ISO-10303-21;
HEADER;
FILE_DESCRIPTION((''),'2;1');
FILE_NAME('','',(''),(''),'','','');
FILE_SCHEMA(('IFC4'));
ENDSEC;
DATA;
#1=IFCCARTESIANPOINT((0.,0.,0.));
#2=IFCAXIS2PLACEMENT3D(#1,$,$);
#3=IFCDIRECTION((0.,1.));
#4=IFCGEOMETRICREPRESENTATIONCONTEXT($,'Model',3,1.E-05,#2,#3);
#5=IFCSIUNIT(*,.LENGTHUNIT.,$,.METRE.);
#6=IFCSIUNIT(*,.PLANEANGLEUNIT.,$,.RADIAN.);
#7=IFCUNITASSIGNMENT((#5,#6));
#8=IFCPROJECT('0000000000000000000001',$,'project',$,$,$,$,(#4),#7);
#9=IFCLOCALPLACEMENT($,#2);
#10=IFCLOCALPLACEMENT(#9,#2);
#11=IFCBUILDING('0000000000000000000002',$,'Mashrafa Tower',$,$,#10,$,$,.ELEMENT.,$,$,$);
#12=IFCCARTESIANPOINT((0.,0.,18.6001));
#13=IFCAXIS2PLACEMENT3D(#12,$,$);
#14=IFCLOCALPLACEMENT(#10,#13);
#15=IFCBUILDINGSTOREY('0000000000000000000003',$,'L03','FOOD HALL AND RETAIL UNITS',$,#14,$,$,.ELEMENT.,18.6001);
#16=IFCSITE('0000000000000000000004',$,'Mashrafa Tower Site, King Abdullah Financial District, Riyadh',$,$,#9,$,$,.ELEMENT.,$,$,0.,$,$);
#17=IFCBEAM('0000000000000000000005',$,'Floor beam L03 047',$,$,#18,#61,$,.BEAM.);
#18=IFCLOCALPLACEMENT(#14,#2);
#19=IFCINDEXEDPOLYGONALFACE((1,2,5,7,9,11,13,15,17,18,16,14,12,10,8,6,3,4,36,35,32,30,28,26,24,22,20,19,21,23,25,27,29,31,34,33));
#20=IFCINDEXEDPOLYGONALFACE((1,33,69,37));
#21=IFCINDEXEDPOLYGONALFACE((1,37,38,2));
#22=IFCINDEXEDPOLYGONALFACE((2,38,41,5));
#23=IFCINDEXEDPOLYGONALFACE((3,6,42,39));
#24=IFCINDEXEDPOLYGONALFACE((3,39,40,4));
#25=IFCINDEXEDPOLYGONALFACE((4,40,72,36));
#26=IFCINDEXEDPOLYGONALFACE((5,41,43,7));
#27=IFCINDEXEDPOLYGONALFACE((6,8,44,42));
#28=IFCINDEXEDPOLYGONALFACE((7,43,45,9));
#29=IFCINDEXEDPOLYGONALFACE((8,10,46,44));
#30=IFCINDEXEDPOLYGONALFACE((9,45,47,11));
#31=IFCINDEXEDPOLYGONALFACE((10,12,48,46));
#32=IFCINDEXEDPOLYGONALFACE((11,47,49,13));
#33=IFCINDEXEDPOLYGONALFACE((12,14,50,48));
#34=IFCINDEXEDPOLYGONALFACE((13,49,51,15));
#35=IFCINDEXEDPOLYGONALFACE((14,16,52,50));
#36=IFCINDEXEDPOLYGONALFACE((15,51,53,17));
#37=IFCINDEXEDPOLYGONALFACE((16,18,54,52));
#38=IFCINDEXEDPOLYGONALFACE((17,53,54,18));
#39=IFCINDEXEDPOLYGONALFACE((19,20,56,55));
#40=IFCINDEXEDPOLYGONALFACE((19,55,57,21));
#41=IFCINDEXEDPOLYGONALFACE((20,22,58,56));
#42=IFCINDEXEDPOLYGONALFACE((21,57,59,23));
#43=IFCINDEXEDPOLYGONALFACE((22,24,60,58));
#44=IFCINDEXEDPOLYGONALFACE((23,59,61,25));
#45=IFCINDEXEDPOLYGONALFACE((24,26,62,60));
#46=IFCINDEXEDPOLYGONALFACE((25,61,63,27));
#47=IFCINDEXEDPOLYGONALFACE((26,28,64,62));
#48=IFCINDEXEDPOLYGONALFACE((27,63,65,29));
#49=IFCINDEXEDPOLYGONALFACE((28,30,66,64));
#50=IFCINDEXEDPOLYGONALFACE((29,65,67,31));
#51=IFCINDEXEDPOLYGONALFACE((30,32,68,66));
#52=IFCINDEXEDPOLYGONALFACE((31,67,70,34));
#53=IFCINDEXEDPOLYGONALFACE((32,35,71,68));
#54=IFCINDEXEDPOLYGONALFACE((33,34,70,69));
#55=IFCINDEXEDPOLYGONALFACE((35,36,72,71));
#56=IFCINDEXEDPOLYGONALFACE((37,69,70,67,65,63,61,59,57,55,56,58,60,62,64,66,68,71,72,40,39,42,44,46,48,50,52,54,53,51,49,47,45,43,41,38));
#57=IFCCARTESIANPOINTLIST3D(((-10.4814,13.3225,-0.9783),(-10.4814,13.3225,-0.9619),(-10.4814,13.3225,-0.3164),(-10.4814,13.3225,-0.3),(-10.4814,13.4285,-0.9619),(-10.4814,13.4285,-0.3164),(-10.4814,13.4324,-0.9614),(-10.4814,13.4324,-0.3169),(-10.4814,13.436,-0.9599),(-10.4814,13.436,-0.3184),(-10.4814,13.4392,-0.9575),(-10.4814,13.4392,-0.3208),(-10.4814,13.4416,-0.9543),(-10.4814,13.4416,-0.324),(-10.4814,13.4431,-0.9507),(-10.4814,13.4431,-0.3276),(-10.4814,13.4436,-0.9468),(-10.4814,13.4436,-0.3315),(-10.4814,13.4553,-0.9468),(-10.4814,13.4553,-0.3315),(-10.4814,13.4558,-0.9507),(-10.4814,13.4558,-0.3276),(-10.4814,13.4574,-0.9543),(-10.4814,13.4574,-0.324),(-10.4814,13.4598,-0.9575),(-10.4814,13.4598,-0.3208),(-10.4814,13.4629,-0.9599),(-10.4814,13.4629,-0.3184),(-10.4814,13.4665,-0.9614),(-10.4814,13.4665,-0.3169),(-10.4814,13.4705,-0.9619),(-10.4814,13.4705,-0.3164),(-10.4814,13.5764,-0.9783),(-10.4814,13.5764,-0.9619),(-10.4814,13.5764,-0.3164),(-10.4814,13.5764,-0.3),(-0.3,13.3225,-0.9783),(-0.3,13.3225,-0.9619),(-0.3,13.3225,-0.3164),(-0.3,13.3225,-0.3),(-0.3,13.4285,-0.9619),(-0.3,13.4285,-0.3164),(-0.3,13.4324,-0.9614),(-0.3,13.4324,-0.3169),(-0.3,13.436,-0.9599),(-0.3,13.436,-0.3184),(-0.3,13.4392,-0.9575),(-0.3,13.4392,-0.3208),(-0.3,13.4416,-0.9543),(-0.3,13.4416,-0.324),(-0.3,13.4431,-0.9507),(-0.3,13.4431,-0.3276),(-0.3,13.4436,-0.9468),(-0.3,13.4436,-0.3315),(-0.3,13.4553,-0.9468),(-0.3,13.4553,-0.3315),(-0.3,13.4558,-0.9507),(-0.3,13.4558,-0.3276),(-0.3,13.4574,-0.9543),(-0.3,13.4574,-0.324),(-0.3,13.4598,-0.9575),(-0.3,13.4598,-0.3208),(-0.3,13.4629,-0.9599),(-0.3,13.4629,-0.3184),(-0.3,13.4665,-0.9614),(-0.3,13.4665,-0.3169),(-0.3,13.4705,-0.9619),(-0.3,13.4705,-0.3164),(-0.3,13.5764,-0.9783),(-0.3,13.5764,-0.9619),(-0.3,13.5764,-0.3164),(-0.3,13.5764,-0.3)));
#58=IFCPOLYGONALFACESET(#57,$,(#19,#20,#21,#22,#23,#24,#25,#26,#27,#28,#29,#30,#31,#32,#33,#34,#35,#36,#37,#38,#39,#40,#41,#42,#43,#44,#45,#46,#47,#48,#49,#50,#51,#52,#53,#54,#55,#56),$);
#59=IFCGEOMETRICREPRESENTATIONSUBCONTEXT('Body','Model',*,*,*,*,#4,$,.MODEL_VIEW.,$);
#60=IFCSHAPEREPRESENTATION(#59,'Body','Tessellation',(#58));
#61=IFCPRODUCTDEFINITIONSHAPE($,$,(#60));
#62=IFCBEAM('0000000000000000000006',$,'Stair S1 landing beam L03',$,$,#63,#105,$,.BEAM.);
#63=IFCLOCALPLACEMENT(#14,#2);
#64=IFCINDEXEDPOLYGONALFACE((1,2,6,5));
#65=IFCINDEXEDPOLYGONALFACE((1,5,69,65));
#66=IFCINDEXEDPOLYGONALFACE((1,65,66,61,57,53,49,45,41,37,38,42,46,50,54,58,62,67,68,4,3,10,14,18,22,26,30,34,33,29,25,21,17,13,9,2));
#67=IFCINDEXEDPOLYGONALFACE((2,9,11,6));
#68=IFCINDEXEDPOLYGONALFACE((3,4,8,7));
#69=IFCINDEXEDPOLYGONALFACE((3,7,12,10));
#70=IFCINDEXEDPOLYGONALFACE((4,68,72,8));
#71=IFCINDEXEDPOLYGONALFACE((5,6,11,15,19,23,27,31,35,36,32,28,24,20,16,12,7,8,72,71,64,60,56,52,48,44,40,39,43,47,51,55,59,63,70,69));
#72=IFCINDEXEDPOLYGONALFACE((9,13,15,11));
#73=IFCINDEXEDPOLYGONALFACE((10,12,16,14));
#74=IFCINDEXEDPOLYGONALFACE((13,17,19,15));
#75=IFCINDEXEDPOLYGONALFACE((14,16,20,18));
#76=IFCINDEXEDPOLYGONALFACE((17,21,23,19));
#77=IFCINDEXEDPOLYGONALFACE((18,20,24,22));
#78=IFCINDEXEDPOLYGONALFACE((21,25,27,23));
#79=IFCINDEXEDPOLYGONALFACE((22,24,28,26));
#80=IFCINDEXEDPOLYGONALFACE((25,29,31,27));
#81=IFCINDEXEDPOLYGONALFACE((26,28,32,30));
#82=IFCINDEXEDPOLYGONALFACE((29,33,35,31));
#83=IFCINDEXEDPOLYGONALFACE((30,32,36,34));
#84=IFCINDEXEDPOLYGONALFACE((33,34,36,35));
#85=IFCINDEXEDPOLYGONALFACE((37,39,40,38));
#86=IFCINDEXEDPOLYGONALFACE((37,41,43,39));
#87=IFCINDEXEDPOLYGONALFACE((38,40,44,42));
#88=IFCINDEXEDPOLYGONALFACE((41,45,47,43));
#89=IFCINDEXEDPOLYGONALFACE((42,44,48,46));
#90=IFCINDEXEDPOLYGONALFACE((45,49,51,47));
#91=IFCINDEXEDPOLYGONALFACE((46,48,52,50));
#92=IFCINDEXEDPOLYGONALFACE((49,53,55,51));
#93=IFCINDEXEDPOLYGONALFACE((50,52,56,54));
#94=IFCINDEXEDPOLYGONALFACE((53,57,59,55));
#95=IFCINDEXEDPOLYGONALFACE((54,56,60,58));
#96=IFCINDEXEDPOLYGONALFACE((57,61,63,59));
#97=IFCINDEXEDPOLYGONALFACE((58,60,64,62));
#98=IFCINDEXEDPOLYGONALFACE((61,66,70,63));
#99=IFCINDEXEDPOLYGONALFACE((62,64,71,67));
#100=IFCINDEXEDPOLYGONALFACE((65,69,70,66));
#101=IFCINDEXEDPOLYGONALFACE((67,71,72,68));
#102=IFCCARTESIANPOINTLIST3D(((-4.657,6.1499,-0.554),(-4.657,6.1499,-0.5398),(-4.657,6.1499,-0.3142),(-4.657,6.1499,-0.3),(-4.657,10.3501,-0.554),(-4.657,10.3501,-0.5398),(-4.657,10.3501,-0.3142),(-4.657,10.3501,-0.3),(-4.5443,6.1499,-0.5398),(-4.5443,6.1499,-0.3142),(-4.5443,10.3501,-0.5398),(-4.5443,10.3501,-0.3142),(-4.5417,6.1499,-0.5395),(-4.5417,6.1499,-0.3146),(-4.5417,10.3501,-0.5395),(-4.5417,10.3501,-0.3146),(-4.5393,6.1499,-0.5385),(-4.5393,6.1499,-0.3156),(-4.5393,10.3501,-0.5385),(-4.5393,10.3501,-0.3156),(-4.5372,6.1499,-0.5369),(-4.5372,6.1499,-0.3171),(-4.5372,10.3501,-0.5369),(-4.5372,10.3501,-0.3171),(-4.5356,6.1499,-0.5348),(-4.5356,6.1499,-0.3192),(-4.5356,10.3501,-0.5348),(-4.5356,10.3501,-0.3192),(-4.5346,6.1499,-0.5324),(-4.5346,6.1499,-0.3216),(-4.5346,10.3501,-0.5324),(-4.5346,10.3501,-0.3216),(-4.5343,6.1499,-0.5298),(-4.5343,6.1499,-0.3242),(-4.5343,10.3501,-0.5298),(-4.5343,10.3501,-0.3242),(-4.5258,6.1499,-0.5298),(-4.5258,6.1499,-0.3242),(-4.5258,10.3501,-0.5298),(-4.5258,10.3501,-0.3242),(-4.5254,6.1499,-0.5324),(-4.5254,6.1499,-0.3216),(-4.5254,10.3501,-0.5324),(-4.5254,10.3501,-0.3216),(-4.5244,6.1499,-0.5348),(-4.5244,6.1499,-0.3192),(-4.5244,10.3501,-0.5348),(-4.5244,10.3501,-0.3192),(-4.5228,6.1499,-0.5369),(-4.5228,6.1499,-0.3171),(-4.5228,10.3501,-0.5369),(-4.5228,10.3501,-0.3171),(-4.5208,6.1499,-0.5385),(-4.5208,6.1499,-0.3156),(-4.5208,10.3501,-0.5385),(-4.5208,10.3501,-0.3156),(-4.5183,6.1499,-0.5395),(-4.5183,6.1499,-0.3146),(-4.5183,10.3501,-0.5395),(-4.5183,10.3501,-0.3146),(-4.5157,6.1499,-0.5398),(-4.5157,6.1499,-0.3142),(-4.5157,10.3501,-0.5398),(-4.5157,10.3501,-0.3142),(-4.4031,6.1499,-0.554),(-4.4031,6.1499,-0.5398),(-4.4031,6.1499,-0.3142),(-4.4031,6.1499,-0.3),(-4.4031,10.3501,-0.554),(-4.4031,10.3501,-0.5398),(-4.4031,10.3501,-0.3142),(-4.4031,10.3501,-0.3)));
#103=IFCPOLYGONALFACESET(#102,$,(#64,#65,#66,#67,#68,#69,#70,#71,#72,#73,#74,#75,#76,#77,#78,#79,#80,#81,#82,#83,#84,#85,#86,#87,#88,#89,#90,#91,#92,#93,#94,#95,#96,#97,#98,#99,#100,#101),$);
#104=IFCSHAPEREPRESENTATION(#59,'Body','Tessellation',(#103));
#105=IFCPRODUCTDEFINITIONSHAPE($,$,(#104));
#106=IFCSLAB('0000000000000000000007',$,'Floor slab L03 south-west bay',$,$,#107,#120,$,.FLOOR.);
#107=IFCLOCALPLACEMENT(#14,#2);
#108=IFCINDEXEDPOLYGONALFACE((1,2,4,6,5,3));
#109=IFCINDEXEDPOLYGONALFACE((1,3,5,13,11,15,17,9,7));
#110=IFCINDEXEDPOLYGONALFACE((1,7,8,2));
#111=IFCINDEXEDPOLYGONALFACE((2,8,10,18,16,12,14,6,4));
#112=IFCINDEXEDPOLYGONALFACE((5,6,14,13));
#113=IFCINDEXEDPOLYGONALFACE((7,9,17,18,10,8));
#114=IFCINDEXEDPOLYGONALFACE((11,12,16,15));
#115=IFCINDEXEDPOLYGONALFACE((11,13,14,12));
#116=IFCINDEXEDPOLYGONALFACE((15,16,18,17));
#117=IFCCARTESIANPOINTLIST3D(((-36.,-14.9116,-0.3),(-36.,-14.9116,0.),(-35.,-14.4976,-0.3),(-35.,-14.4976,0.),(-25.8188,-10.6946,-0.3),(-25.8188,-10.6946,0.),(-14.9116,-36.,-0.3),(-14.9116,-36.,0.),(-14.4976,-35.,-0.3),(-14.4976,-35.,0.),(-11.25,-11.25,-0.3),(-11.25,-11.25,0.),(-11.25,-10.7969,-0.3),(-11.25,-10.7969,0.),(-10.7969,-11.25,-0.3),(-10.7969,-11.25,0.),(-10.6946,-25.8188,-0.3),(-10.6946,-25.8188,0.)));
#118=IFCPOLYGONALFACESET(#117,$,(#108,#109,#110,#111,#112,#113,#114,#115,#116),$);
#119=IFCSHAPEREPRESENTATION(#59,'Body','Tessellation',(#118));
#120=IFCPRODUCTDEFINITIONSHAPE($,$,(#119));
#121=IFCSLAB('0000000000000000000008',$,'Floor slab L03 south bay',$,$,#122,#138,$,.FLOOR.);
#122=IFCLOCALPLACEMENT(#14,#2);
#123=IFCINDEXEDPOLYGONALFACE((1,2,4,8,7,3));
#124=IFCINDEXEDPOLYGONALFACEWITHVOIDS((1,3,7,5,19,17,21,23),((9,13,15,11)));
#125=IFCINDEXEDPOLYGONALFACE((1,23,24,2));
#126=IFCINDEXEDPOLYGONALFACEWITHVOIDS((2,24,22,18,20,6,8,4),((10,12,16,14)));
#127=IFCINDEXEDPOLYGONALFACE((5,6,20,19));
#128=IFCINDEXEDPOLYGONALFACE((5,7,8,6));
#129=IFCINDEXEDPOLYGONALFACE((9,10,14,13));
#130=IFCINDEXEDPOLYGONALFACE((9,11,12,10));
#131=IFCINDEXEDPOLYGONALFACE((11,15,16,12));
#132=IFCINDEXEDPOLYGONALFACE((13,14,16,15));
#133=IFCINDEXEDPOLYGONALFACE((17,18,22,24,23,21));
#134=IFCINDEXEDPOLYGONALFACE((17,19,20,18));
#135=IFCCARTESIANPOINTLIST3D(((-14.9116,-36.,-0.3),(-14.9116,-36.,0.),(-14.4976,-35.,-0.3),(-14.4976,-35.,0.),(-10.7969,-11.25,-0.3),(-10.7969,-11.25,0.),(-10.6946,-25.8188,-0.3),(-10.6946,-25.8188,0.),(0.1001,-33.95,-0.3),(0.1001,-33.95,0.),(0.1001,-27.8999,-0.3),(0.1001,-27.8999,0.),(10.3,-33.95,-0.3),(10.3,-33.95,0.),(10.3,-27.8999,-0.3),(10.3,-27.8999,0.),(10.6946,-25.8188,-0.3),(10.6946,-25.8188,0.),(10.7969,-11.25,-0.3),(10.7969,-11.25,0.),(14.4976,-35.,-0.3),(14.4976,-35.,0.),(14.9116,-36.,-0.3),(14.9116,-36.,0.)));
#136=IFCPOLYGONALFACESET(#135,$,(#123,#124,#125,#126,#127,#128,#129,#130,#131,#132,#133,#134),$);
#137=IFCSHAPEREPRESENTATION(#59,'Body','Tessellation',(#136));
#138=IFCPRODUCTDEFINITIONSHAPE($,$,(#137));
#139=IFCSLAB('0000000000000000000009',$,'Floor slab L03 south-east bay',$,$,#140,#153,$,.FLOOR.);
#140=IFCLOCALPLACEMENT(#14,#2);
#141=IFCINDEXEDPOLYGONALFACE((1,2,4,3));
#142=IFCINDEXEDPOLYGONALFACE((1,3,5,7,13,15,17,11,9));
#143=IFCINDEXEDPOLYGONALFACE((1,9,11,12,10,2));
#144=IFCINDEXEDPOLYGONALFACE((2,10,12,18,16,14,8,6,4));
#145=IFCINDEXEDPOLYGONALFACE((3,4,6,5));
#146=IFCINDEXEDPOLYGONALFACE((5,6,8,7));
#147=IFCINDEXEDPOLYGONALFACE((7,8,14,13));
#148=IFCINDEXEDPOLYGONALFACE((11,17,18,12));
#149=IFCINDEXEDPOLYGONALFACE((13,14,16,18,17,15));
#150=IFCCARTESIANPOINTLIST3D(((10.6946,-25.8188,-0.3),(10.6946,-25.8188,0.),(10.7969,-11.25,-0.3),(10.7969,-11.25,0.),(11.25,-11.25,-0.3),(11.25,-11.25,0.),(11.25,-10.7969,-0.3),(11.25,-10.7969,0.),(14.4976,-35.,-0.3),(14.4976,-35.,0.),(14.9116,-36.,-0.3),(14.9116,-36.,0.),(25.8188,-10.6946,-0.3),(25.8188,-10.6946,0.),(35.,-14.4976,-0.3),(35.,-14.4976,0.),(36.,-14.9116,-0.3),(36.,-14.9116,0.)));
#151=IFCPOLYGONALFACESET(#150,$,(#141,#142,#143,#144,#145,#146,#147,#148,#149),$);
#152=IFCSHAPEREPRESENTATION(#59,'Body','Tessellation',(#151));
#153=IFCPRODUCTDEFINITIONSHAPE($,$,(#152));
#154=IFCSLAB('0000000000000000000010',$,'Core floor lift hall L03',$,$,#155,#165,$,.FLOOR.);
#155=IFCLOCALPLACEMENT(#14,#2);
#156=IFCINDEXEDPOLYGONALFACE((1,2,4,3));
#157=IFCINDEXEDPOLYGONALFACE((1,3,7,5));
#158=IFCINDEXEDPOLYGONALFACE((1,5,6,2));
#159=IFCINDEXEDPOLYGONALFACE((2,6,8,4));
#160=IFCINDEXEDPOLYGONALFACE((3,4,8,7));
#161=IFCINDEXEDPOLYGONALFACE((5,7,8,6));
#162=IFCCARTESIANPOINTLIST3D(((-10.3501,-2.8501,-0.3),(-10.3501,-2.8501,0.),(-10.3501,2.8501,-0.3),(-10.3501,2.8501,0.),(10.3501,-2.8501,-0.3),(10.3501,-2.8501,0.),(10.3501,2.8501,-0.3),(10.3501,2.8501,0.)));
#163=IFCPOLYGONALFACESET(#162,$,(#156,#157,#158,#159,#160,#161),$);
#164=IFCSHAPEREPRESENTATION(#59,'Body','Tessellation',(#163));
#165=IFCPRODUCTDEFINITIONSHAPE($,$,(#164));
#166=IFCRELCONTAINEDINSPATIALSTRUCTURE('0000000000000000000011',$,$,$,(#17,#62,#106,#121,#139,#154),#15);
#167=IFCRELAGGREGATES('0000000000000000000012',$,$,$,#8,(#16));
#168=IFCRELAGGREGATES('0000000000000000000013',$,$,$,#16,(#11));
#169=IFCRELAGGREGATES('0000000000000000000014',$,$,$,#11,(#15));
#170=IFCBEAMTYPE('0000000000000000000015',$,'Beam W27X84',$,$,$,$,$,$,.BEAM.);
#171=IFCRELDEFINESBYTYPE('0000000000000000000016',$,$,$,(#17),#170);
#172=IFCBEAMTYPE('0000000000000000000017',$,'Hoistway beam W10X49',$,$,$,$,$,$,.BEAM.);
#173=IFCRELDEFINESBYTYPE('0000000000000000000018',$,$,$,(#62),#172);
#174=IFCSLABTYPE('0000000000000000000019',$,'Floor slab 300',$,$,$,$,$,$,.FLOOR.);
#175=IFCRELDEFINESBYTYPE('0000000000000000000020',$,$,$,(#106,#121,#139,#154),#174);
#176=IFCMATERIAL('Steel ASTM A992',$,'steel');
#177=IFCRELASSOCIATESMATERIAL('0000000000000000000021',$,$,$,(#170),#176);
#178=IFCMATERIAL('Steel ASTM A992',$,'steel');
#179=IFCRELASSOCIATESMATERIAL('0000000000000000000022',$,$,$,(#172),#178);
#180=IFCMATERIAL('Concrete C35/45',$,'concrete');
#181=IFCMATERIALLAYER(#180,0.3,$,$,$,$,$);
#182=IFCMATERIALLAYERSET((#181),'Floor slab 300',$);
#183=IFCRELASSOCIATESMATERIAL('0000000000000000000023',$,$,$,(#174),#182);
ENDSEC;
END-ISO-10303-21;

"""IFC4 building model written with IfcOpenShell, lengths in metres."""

from ifc_helpers import new_model, si_unit, direction, frame, origin, origin_2d, place, context, subcontext, project, spatial, polyline, i_section, outline, extrude, material, layer, layer_set, material_profile, profile_set, type_object, element, save


model = new_model("IFC4")

# Units and contexts
model_context = context("Model", 3, precision=1e-05, world=origin(), true_north=direction((0.0, 1.0)))
body_context = subcontext(model_context, "Body", "Model", "MODEL_VIEW")
ifc_project = project(units=[si_unit("LENGTHUNIT", "METRE"), si_unit("PLANEANGLEUNIT", "RADIAN")], contexts=[model_context])

# Site, building, storey
site_placement = place(None, origin())
site = spatial("IfcSite", under=ifc_project, at=site_placement, Name="Mashrafa Tower Site, King Abdullah Financial District, Riyadh", CompositionType="ELEMENT", RefElevation=0.0)
building_placement = place(site_placement, origin())
building = spatial("IfcBuilding", under=site, at=building_placement, Name="Mashrafa Tower", CompositionType="ELEMENT")
storey_placement = place(building_placement, frame((0.0, 0.0, 18.6001)))
storey = spatial("IfcBuildingStorey", under=building, at=storey_placement, Name="L03", Description="FOOD HALL AND RETAIL UNITS", CompositionType="ELEMENT", Elevation=18.6001)

# Beams
ifc_material_1 = material(Name="Steel ASTM A992", Category="steel")
ifc_material_profile_1 = material_profile(ifc_material_1, i_section(OverallWidth=0.2539, OverallDepth=0.6782, WebThickness=0.0117, FlangeThickness=0.0164, FilletRadius=0.0151, at=origin_2d()), Name="W27X84")
ifc_profile_set_1 = profile_set([ifc_material_profile_1], Name="Steel ASTM A992")
beam_type_1 = type_object("IfcBeamType", Name="Beam W27X84", PredefinedType="BEAM", material=ifc_profile_set_1)
beam_1_placement = place(storey_placement, frame((-10.4814, 13.4495, -0.6392), z_axis=(1.0, 0.0, 0.0), x_axis=(0.0, 1.0, 0.0)))
element("IfcBeam", 1, at=beam_1_placement, inside=storey, type_object=beam_type_1, Name="Floor beam L03 047", PredefinedType="BEAM", context=body_context, shape_type="SweptSolid", body=[
    extrude(i_section(OverallWidth=0.2539, OverallDepth=0.6782, WebThickness=0.0117, FlangeThickness=0.0164, FilletRadius=0.0151, at=origin_2d()), origin(), (0.0, 0.0, 1.0), 10.1814),
])
ifc_material_2 = material(Name="Steel ASTM A992", Category="steel")
ifc_material_profile_2 = material_profile(ifc_material_2, i_section(OverallWidth=0.2539, OverallDepth=0.2539, WebThickness=0.0085, FlangeThickness=0.0142, FilletRadius=0.01, at=origin_2d()), Name="W10X49")
ifc_profile_set_2 = profile_set([ifc_material_profile_2], Name="Steel ASTM A992")
beam_type_2 = type_object("IfcBeamType", Name="Hoistway beam W10X49", PredefinedType="BEAM", material=ifc_profile_set_2)
beam_2_placement = place(storey_placement, frame((-4.53, 6.1499, -0.427), z_axis=(0.0, 1.0, 0.0), x_axis=(-1.0, 0.0, 0.0)))
element("IfcBeam", 2, at=beam_2_placement, inside=storey, type_object=beam_type_2, Name="Stair S1 landing beam L03", PredefinedType="BEAM", context=body_context, shape_type="SweptSolid", body=[
    extrude(i_section(OverallWidth=0.2539, OverallDepth=0.2539, WebThickness=0.0085, FlangeThickness=0.0142, FilletRadius=0.01, at=origin_2d()), origin(), (0.0, 0.0, 1.0), 4.2002),
])

# Slabs
ifc_material_3 = material(Name="Concrete C35/45", Category="concrete")
ifc_layer_1 = layer(ifc_material_3, 0.3)
ifc_layer_set_1 = layer_set([ifc_layer_1], Name="Floor slab 300")
slab_type = type_object("IfcSlabType", Name="Floor slab 300", PredefinedType="FLOOR", material=ifc_layer_set_1)
slab_1_placement = place(storey_placement, frame((0.0, 0.0, -0.3)))
element("IfcSlab", 3, at=slab_1_placement, inside=storey, type_object=slab_type, Name="Floor slab L03 south-west bay", PredefinedType="FLOOR", context=body_context, shape_type="SweptSolid", body=[
    extrude(outline(polyline([(-36.0, -14.9116), (-35.0, -14.4976), (-25.8188, -10.6946), (-11.25, -10.7969), (-11.25, -11.25), (-10.7969, -11.25), (-10.6946, -25.8188), (-14.4976, -35.0), (-14.9116, -36.0), (-36.0, -14.9116)])), origin(), (0.0, 0.0, 1.0), 0.3),
])
slab_2_placement = place(storey_placement, frame((0.0, 0.0, -0.3)))
element("IfcSlab", 4, at=slab_2_placement, inside=storey, type_object=slab_type, Name="Floor slab L03 south bay", PredefinedType="FLOOR", context=body_context, shape_type="SweptSolid", body=[
    extrude(outline(polyline([(-14.9116, -36.0), (-14.9116, -36.0), (-14.4976, -35.0), (-10.6946, -25.8188), (-10.7969, -11.25), (10.7969, -11.25), (10.6946, -25.8188), (14.4976, -35.0), (14.9116, -36.0), (14.9116, -36.0), (-14.9116, -36.0)]), holes=[polyline([(10.3, -33.95), (10.3, -27.8999), (0.1001, -27.8999), (0.1001, -33.95), (10.3, -33.95)])]), origin(), (0.0, 0.0, 1.0), 0.3),
])
slab_3_placement = place(storey_placement, frame((0.0, 0.0, -0.3)))
element("IfcSlab", 5, at=slab_3_placement, inside=storey, type_object=slab_type, Name="Floor slab L03 south-east bay", PredefinedType="FLOOR", context=body_context, shape_type="SweptSolid", body=[
    extrude(outline(polyline([(14.9116, -36.0), (14.4976, -35.0), (10.6946, -25.8188), (10.7969, -11.25), (11.25, -11.25), (11.25, -10.7969), (25.8188, -10.6946), (35.0, -14.4976), (36.0, -14.9116), (14.9116, -36.0)])), origin(), (0.0, 0.0, 1.0), 0.3),
])
slab_4_placement = place(storey_placement, frame((0.0, 0.0, -0.3)))
element("IfcSlab", 6, at=slab_4_placement, inside=storey, type_object=slab_type, Name="Core floor lift hall L03", PredefinedType="FLOOR", context=body_context, shape_type="SweptSolid", body=[
    extrude(outline(polyline([(-10.3501, 2.8501), (10.3501, 2.8501), (10.3501, -2.8501), (-10.3501, -2.8501), (-10.3501, 2.8501)])), origin(), (0.0, 0.0, 1.0), 0.3),
])

save(model, "model.ifc")
